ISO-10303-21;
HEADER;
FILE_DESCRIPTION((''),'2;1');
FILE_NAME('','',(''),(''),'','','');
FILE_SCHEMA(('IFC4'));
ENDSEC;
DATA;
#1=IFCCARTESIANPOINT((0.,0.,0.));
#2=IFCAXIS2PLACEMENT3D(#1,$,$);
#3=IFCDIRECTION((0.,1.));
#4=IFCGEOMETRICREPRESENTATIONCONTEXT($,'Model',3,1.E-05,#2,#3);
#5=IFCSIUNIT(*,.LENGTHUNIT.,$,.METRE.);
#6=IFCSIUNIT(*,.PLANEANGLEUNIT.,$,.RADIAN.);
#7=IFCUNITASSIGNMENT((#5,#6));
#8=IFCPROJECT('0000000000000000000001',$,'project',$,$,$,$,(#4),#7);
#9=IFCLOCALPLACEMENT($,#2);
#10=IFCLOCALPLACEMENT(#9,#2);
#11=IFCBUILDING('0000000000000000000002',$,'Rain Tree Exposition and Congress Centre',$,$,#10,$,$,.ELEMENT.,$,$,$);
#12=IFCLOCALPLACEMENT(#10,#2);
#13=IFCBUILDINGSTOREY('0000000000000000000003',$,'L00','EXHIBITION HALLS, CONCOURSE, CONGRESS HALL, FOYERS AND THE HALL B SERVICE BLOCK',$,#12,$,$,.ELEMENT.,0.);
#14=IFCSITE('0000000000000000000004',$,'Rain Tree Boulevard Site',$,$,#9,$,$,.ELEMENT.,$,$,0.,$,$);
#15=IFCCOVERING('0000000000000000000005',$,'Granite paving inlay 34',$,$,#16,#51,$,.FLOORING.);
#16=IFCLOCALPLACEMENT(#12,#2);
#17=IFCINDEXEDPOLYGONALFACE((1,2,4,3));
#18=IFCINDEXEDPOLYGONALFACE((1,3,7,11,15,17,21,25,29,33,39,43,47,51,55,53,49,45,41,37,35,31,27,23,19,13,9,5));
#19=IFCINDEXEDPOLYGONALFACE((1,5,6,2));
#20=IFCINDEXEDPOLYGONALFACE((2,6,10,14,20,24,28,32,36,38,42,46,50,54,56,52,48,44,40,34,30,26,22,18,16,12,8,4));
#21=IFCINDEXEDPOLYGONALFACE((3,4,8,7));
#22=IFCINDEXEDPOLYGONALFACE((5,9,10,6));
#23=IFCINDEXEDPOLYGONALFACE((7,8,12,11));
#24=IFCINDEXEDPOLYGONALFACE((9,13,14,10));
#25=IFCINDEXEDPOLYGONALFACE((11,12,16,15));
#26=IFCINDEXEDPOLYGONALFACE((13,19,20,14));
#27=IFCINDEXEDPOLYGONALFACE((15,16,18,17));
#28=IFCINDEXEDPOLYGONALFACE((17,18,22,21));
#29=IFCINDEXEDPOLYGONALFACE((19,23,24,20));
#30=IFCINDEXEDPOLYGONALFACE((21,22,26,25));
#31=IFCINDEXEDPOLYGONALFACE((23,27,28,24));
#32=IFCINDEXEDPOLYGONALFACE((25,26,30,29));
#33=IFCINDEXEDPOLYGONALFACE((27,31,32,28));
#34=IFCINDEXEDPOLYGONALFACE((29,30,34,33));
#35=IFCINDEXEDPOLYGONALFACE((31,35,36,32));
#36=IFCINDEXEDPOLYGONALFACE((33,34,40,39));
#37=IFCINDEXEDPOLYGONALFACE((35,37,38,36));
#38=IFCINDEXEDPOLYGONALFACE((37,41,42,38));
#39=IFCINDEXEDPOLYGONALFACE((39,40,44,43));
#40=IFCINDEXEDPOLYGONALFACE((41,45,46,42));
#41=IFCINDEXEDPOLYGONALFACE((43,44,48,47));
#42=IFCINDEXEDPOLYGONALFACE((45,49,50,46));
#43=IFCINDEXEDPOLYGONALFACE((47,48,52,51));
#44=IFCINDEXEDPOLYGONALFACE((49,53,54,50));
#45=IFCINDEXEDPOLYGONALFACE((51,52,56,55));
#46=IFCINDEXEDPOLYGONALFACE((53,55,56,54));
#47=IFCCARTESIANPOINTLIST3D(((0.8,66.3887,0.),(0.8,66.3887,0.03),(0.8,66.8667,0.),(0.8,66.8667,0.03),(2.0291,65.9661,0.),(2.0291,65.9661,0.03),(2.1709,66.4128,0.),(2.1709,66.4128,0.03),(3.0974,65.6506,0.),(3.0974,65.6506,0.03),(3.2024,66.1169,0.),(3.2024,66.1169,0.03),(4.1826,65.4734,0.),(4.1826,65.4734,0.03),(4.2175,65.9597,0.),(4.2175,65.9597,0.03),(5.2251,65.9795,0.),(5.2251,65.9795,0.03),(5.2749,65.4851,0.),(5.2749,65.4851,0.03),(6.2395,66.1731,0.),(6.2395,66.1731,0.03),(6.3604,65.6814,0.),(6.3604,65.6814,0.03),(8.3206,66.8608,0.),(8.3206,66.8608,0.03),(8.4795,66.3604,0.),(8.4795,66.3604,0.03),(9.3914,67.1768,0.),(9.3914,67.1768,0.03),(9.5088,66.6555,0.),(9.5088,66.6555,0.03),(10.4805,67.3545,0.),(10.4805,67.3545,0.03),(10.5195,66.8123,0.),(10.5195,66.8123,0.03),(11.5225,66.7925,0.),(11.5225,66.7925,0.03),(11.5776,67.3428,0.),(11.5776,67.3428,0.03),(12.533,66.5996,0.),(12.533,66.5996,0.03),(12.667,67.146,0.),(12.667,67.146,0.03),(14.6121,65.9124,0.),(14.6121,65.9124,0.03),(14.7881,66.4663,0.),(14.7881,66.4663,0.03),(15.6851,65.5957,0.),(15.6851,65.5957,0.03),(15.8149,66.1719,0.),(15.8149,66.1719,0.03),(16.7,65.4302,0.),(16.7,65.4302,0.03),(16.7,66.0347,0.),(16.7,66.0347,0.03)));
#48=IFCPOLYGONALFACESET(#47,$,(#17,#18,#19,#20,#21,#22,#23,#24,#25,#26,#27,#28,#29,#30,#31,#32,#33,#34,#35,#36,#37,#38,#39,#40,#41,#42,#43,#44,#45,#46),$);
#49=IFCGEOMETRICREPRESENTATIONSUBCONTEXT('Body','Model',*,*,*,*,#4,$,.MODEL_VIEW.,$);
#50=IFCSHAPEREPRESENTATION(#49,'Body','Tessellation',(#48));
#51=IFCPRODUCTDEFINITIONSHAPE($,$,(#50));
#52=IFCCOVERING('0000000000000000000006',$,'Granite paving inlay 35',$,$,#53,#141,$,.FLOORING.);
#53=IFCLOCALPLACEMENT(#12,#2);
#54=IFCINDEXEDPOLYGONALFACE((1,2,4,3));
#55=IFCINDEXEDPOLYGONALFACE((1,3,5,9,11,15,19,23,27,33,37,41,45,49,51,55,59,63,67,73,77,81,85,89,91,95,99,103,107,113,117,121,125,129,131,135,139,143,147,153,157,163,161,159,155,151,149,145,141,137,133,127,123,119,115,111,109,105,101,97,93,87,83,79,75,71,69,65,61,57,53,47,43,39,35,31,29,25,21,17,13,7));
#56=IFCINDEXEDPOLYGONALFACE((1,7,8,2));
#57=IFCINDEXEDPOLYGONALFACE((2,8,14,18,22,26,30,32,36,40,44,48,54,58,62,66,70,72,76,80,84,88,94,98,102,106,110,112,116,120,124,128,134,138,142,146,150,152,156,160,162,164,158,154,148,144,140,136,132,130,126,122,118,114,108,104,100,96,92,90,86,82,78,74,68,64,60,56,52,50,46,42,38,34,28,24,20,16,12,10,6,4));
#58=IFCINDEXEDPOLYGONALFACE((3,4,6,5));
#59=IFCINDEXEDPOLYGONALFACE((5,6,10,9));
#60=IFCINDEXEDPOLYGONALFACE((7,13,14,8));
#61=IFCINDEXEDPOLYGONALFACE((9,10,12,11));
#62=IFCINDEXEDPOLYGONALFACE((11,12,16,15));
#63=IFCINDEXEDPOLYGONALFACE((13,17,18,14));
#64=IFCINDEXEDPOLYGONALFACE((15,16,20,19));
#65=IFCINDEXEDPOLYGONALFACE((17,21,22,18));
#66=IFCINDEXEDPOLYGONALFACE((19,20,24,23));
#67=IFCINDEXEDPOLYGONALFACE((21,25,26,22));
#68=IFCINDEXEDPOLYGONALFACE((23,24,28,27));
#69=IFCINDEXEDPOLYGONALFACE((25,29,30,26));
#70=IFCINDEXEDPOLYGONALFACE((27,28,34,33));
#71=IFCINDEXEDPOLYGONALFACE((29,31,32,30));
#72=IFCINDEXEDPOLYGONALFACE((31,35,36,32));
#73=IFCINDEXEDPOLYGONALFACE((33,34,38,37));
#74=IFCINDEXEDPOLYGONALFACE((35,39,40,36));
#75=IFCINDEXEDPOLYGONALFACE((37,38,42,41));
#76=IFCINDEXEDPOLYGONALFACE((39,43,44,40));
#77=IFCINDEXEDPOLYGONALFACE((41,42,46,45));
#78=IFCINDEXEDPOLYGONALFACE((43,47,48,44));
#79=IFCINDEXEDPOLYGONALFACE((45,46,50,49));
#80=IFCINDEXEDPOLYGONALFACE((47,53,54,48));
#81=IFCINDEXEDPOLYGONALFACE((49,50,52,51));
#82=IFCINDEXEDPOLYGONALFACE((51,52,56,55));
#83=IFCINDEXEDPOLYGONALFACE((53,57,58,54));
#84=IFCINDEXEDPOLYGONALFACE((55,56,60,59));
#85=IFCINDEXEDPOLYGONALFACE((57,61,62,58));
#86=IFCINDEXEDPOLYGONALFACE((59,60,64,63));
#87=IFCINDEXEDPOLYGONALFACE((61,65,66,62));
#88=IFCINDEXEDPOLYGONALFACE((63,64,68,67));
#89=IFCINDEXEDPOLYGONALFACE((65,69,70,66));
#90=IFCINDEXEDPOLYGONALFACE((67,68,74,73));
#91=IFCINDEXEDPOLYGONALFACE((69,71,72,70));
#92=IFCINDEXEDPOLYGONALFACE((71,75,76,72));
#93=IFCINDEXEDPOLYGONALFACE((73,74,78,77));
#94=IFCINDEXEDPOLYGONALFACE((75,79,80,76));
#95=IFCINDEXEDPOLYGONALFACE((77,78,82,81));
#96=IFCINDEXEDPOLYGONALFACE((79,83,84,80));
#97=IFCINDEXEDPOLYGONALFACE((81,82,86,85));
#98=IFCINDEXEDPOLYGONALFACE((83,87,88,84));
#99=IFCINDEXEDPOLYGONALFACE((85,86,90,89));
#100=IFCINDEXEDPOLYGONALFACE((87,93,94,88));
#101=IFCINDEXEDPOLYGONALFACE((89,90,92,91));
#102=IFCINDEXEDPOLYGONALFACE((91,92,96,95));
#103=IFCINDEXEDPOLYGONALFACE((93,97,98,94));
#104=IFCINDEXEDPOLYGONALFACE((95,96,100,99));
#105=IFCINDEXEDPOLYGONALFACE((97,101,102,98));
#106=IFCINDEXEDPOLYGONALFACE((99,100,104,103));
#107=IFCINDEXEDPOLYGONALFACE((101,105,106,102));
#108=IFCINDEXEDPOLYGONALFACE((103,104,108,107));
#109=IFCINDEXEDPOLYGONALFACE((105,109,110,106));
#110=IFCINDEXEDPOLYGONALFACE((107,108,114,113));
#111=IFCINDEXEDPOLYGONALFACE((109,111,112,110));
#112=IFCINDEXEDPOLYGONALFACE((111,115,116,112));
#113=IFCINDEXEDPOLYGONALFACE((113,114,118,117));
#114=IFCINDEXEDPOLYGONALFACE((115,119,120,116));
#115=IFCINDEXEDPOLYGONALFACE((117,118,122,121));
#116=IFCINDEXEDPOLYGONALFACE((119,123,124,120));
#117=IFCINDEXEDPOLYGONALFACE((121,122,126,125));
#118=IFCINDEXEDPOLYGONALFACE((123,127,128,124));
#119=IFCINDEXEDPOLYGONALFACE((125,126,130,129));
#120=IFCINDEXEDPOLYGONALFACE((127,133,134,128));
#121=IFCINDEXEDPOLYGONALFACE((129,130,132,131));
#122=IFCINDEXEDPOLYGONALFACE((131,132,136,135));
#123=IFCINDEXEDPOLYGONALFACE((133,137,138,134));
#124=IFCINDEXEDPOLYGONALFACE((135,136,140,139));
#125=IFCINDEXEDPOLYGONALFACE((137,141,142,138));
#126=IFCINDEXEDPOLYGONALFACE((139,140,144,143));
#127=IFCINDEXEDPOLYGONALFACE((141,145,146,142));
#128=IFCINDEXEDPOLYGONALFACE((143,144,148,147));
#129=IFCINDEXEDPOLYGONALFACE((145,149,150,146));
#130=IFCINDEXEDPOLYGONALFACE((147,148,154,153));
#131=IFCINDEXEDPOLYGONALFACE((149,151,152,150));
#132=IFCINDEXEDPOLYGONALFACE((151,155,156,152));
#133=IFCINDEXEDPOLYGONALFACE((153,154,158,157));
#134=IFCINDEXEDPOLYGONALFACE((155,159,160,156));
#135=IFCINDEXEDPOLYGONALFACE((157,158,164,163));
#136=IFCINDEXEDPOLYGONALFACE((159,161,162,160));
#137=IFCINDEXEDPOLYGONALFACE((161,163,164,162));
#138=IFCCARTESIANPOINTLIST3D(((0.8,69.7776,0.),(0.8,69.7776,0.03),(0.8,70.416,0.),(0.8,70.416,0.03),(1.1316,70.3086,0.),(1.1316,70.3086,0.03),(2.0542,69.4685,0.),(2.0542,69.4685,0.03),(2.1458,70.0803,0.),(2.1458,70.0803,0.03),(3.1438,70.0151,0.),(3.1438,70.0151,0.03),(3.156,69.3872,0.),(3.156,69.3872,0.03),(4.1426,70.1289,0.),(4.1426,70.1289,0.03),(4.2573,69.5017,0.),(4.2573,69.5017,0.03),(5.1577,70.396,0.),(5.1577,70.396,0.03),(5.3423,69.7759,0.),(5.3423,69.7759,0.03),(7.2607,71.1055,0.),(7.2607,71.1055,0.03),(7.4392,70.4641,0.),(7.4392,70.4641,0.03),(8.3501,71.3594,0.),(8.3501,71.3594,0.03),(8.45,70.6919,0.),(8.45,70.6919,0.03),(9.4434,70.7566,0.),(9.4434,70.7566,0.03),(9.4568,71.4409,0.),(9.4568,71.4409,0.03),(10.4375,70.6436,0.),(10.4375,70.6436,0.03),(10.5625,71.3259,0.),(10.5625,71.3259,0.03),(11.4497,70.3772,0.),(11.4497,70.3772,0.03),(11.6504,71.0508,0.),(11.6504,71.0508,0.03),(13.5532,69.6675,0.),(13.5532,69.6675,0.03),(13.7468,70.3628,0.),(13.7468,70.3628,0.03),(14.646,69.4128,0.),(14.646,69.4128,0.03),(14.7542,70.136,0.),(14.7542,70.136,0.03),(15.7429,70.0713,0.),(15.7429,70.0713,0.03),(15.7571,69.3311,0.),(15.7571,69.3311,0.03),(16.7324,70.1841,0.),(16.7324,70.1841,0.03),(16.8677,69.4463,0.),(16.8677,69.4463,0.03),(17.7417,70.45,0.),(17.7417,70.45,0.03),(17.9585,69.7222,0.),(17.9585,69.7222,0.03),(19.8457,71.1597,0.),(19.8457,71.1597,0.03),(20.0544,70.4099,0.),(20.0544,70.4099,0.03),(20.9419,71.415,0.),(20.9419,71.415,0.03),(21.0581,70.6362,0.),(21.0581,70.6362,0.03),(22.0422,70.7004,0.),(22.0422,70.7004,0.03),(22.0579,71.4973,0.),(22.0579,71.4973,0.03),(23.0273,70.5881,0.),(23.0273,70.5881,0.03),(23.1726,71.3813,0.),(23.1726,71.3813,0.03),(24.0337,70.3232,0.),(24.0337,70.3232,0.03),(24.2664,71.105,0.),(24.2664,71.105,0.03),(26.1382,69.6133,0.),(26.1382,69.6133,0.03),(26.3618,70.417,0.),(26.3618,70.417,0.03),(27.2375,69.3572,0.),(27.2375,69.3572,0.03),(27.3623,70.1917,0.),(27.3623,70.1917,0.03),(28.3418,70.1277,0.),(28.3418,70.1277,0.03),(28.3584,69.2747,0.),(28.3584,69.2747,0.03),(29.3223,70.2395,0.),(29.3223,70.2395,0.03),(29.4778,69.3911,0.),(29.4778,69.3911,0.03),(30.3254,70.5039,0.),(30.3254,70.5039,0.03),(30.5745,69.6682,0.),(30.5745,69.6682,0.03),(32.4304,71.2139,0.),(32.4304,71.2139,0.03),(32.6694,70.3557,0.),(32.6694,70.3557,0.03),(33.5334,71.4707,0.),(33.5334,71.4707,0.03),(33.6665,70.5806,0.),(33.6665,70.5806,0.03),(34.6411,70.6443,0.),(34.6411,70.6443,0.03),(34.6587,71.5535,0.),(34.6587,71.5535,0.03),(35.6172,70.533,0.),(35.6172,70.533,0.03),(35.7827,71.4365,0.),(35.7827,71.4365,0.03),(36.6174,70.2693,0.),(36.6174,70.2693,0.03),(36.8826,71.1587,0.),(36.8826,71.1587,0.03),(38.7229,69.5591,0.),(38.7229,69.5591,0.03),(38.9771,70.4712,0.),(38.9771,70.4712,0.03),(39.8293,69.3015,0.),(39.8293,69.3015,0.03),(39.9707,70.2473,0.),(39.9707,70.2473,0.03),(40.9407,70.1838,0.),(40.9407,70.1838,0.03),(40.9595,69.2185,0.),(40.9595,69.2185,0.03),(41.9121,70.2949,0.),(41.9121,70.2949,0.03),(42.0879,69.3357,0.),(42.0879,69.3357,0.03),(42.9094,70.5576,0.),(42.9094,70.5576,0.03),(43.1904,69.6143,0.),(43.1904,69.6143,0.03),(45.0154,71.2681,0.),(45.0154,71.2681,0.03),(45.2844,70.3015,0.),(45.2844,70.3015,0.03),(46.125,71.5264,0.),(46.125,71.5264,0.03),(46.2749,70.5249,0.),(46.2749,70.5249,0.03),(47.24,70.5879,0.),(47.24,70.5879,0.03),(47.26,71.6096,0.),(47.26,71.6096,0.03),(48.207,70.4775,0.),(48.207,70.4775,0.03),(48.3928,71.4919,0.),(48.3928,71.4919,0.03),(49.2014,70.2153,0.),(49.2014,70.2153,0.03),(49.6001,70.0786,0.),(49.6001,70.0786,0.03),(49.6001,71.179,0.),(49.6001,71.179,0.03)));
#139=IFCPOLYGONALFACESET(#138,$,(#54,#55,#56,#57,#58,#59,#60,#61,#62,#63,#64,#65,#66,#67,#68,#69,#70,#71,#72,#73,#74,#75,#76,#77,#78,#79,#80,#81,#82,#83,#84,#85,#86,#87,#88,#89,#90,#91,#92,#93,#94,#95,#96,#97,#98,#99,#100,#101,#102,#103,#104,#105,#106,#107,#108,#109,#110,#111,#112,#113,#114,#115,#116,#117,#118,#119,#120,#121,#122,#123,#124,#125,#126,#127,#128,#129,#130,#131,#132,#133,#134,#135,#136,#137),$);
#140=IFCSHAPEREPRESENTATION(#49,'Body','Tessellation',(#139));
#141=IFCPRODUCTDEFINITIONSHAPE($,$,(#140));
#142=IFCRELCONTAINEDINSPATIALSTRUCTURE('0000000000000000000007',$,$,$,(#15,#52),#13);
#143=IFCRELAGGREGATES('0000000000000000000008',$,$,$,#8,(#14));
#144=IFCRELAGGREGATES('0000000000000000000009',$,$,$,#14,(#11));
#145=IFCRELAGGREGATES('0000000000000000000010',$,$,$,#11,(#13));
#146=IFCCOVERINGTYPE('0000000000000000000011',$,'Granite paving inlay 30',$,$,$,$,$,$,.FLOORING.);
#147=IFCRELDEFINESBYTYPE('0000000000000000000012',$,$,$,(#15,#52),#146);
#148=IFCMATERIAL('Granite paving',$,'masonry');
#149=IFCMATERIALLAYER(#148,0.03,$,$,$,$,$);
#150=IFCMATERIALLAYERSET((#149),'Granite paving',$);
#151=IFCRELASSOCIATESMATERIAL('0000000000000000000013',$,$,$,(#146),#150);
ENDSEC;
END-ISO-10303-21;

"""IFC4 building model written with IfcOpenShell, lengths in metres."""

from ifc_helpers import new_model, si_unit, direction, origin, place, context, subcontext, project, spatial, polyline, outline, extrude, material, layer, layer_set, type_object, element, save


model = new_model("IFC4")

# Units and contexts
model_context = context("Model", 3, precision=1e-05, world=origin(), true_north=direction((0.0, 1.0)))
body_context = subcontext(model_context, "Body", "Model", "MODEL_VIEW")
ifc_project = project(units=[si_unit("LENGTHUNIT", "METRE"), si_unit("PLANEANGLEUNIT", "RADIAN")], contexts=[model_context])

# Site, building, storey
site_placement = place(None, origin())
site = spatial("IfcSite", under=ifc_project, at=site_placement, Name="Rain Tree Boulevard Site", CompositionType="ELEMENT", RefElevation=0.0)
building_placement = place(site_placement, origin())
building = spatial("IfcBuilding", under=site, at=building_placement, Name="Rain Tree Exposition and Congress Centre", CompositionType="ELEMENT")
storey_placement = place(building_placement, origin())
storey = spatial("IfcBuildingStorey", under=building, at=storey_placement, Name="L00", Description="EXHIBITION HALLS, CONCOURSE, CONGRESS HALL, FOYERS AND THE HALL B SERVICE BLOCK", CompositionType="ELEMENT", Elevation=0.0)

# Coverings
ifc_material_1 = material(Name="Granite paving", Category="masonry")
ifc_layer_1 = layer(ifc_material_1, 0.03)
ifc_layer_set_1 = layer_set([ifc_layer_1], Name="Granite paving")
covering_type = type_object("IfcCoveringType", Name="Granite paving inlay 30", PredefinedType="FLOORING", material=ifc_layer_set_1)
covering_1_placement = place(storey_placement, origin())
element("IfcCovering", 1, at=covering_1_placement, inside=storey, type_object=covering_type, Name="Granite paving inlay 34", PredefinedType="FLOORING", context=body_context, shape_type="SweptSolid", body=[
    extrude(outline(polyline([(2.1709, 66.4128), (0.8, 66.8667), (0.8, 66.3887), (2.0291, 65.9661), (3.0974, 65.6506), (4.1826, 65.4734), (5.2749, 65.4851), (6.3604, 65.6814), (8.4795, 66.3604), (9.5088, 66.6555), (10.5195, 66.8123), (11.5225, 66.7925), (12.533, 66.5996), (14.6121, 65.9124), (15.6851, 65.5957), (16.7, 65.4302), (16.7, 66.0347), (15.8149, 66.1719), (14.7881, 66.4663), (12.667, 67.146), (11.5776, 67.3428), (10.4805, 67.3545), (9.3914, 67.1768), (8.3206, 66.8608), (6.2395, 66.1731), (5.2251, 65.9795), (4.2175, 65.9597), (3.2024, 66.1169), (2.1709, 66.4128)])), origin(), (0.0, 0.0, 1.0), 0.03),
])
covering_2_placement = place(storey_placement, origin())
element("IfcCovering", 2, at=covering_2_placement, inside=storey, type_object=covering_type, Name="Granite paving inlay 35", PredefinedType="FLOORING", context=body_context, shape_type="SweptSolid", body=[
    extrude(outline(polyline([(2.1458, 70.0803), (1.1316, 70.3086), (0.8, 70.416), (0.8, 69.7776), (2.0542, 69.4685), (3.156, 69.3872), (4.2573, 69.5017), (5.3423, 69.7759), (7.4392, 70.4641), (8.45, 70.6919), (9.4434, 70.7566), (10.4375, 70.6436), (11.4497, 70.3772), (13.5532, 69.6675), (14.646, 69.4128), (15.7571, 69.3311), (16.8677, 69.4463), (17.9585, 69.7222), (20.0544, 70.4099), (21.0581, 70.6362), (22.0422, 70.7004), (23.0273, 70.5881), (24.0337, 70.3232), (26.1382, 69.6133), (27.2375, 69.3572), (28.3584, 69.2747), (29.4778, 69.3911), (30.5745, 69.6682), (32.6694, 70.3557), (33.6665, 70.5806), (34.6411, 70.6443), (35.6172, 70.533), (36.6174, 70.2693), (38.7229, 69.5591), (39.8293, 69.3015), (40.9595, 69.2185), (42.0879, 69.3357), (43.1904, 69.6143), (45.2844, 70.3015), (46.2749, 70.5249), (47.24, 70.5879), (48.207, 70.4775), (49.2014, 70.2153), (49.6001, 70.0786), (49.6001, 71.179), (48.3928, 71.4919), (47.26, 71.6096), (46.125, 71.5264), (45.0154, 71.2681), (42.9094, 70.5576), (41.9121, 70.2949), (40.9407, 70.1838), (39.9707, 70.2473), (38.9771, 70.4712), (36.8826, 71.1587), (35.7827, 71.4365), (34.6587, 71.5535), (33.5334, 71.4707), (32.4304, 71.2139), (30.3254, 70.5039), (29.3223, 70.2395), (28.3418, 70.1277), (27.3623, 70.1917), (26.3618, 70.417), (24.2664, 71.105), (23.1726, 71.3813), (22.0579, 71.4973), (20.9419, 71.415), (19.8457, 71.1597), (17.7417, 70.45), (16.7324, 70.1841), (15.7429, 70.0713), (14.7542, 70.136), (13.7468, 70.3628), (11.6504, 71.0508), (10.5625, 71.3259), (9.4568, 71.4409), (8.3501, 71.3594), (7.2607, 71.1055), (5.1577, 70.396), (4.1426, 70.1289), (3.1438, 70.0151), (2.1458, 70.0803)])), origin(), (0.0, 0.0, 1.0), 0.03),
])

save(model, "model.ifc")
